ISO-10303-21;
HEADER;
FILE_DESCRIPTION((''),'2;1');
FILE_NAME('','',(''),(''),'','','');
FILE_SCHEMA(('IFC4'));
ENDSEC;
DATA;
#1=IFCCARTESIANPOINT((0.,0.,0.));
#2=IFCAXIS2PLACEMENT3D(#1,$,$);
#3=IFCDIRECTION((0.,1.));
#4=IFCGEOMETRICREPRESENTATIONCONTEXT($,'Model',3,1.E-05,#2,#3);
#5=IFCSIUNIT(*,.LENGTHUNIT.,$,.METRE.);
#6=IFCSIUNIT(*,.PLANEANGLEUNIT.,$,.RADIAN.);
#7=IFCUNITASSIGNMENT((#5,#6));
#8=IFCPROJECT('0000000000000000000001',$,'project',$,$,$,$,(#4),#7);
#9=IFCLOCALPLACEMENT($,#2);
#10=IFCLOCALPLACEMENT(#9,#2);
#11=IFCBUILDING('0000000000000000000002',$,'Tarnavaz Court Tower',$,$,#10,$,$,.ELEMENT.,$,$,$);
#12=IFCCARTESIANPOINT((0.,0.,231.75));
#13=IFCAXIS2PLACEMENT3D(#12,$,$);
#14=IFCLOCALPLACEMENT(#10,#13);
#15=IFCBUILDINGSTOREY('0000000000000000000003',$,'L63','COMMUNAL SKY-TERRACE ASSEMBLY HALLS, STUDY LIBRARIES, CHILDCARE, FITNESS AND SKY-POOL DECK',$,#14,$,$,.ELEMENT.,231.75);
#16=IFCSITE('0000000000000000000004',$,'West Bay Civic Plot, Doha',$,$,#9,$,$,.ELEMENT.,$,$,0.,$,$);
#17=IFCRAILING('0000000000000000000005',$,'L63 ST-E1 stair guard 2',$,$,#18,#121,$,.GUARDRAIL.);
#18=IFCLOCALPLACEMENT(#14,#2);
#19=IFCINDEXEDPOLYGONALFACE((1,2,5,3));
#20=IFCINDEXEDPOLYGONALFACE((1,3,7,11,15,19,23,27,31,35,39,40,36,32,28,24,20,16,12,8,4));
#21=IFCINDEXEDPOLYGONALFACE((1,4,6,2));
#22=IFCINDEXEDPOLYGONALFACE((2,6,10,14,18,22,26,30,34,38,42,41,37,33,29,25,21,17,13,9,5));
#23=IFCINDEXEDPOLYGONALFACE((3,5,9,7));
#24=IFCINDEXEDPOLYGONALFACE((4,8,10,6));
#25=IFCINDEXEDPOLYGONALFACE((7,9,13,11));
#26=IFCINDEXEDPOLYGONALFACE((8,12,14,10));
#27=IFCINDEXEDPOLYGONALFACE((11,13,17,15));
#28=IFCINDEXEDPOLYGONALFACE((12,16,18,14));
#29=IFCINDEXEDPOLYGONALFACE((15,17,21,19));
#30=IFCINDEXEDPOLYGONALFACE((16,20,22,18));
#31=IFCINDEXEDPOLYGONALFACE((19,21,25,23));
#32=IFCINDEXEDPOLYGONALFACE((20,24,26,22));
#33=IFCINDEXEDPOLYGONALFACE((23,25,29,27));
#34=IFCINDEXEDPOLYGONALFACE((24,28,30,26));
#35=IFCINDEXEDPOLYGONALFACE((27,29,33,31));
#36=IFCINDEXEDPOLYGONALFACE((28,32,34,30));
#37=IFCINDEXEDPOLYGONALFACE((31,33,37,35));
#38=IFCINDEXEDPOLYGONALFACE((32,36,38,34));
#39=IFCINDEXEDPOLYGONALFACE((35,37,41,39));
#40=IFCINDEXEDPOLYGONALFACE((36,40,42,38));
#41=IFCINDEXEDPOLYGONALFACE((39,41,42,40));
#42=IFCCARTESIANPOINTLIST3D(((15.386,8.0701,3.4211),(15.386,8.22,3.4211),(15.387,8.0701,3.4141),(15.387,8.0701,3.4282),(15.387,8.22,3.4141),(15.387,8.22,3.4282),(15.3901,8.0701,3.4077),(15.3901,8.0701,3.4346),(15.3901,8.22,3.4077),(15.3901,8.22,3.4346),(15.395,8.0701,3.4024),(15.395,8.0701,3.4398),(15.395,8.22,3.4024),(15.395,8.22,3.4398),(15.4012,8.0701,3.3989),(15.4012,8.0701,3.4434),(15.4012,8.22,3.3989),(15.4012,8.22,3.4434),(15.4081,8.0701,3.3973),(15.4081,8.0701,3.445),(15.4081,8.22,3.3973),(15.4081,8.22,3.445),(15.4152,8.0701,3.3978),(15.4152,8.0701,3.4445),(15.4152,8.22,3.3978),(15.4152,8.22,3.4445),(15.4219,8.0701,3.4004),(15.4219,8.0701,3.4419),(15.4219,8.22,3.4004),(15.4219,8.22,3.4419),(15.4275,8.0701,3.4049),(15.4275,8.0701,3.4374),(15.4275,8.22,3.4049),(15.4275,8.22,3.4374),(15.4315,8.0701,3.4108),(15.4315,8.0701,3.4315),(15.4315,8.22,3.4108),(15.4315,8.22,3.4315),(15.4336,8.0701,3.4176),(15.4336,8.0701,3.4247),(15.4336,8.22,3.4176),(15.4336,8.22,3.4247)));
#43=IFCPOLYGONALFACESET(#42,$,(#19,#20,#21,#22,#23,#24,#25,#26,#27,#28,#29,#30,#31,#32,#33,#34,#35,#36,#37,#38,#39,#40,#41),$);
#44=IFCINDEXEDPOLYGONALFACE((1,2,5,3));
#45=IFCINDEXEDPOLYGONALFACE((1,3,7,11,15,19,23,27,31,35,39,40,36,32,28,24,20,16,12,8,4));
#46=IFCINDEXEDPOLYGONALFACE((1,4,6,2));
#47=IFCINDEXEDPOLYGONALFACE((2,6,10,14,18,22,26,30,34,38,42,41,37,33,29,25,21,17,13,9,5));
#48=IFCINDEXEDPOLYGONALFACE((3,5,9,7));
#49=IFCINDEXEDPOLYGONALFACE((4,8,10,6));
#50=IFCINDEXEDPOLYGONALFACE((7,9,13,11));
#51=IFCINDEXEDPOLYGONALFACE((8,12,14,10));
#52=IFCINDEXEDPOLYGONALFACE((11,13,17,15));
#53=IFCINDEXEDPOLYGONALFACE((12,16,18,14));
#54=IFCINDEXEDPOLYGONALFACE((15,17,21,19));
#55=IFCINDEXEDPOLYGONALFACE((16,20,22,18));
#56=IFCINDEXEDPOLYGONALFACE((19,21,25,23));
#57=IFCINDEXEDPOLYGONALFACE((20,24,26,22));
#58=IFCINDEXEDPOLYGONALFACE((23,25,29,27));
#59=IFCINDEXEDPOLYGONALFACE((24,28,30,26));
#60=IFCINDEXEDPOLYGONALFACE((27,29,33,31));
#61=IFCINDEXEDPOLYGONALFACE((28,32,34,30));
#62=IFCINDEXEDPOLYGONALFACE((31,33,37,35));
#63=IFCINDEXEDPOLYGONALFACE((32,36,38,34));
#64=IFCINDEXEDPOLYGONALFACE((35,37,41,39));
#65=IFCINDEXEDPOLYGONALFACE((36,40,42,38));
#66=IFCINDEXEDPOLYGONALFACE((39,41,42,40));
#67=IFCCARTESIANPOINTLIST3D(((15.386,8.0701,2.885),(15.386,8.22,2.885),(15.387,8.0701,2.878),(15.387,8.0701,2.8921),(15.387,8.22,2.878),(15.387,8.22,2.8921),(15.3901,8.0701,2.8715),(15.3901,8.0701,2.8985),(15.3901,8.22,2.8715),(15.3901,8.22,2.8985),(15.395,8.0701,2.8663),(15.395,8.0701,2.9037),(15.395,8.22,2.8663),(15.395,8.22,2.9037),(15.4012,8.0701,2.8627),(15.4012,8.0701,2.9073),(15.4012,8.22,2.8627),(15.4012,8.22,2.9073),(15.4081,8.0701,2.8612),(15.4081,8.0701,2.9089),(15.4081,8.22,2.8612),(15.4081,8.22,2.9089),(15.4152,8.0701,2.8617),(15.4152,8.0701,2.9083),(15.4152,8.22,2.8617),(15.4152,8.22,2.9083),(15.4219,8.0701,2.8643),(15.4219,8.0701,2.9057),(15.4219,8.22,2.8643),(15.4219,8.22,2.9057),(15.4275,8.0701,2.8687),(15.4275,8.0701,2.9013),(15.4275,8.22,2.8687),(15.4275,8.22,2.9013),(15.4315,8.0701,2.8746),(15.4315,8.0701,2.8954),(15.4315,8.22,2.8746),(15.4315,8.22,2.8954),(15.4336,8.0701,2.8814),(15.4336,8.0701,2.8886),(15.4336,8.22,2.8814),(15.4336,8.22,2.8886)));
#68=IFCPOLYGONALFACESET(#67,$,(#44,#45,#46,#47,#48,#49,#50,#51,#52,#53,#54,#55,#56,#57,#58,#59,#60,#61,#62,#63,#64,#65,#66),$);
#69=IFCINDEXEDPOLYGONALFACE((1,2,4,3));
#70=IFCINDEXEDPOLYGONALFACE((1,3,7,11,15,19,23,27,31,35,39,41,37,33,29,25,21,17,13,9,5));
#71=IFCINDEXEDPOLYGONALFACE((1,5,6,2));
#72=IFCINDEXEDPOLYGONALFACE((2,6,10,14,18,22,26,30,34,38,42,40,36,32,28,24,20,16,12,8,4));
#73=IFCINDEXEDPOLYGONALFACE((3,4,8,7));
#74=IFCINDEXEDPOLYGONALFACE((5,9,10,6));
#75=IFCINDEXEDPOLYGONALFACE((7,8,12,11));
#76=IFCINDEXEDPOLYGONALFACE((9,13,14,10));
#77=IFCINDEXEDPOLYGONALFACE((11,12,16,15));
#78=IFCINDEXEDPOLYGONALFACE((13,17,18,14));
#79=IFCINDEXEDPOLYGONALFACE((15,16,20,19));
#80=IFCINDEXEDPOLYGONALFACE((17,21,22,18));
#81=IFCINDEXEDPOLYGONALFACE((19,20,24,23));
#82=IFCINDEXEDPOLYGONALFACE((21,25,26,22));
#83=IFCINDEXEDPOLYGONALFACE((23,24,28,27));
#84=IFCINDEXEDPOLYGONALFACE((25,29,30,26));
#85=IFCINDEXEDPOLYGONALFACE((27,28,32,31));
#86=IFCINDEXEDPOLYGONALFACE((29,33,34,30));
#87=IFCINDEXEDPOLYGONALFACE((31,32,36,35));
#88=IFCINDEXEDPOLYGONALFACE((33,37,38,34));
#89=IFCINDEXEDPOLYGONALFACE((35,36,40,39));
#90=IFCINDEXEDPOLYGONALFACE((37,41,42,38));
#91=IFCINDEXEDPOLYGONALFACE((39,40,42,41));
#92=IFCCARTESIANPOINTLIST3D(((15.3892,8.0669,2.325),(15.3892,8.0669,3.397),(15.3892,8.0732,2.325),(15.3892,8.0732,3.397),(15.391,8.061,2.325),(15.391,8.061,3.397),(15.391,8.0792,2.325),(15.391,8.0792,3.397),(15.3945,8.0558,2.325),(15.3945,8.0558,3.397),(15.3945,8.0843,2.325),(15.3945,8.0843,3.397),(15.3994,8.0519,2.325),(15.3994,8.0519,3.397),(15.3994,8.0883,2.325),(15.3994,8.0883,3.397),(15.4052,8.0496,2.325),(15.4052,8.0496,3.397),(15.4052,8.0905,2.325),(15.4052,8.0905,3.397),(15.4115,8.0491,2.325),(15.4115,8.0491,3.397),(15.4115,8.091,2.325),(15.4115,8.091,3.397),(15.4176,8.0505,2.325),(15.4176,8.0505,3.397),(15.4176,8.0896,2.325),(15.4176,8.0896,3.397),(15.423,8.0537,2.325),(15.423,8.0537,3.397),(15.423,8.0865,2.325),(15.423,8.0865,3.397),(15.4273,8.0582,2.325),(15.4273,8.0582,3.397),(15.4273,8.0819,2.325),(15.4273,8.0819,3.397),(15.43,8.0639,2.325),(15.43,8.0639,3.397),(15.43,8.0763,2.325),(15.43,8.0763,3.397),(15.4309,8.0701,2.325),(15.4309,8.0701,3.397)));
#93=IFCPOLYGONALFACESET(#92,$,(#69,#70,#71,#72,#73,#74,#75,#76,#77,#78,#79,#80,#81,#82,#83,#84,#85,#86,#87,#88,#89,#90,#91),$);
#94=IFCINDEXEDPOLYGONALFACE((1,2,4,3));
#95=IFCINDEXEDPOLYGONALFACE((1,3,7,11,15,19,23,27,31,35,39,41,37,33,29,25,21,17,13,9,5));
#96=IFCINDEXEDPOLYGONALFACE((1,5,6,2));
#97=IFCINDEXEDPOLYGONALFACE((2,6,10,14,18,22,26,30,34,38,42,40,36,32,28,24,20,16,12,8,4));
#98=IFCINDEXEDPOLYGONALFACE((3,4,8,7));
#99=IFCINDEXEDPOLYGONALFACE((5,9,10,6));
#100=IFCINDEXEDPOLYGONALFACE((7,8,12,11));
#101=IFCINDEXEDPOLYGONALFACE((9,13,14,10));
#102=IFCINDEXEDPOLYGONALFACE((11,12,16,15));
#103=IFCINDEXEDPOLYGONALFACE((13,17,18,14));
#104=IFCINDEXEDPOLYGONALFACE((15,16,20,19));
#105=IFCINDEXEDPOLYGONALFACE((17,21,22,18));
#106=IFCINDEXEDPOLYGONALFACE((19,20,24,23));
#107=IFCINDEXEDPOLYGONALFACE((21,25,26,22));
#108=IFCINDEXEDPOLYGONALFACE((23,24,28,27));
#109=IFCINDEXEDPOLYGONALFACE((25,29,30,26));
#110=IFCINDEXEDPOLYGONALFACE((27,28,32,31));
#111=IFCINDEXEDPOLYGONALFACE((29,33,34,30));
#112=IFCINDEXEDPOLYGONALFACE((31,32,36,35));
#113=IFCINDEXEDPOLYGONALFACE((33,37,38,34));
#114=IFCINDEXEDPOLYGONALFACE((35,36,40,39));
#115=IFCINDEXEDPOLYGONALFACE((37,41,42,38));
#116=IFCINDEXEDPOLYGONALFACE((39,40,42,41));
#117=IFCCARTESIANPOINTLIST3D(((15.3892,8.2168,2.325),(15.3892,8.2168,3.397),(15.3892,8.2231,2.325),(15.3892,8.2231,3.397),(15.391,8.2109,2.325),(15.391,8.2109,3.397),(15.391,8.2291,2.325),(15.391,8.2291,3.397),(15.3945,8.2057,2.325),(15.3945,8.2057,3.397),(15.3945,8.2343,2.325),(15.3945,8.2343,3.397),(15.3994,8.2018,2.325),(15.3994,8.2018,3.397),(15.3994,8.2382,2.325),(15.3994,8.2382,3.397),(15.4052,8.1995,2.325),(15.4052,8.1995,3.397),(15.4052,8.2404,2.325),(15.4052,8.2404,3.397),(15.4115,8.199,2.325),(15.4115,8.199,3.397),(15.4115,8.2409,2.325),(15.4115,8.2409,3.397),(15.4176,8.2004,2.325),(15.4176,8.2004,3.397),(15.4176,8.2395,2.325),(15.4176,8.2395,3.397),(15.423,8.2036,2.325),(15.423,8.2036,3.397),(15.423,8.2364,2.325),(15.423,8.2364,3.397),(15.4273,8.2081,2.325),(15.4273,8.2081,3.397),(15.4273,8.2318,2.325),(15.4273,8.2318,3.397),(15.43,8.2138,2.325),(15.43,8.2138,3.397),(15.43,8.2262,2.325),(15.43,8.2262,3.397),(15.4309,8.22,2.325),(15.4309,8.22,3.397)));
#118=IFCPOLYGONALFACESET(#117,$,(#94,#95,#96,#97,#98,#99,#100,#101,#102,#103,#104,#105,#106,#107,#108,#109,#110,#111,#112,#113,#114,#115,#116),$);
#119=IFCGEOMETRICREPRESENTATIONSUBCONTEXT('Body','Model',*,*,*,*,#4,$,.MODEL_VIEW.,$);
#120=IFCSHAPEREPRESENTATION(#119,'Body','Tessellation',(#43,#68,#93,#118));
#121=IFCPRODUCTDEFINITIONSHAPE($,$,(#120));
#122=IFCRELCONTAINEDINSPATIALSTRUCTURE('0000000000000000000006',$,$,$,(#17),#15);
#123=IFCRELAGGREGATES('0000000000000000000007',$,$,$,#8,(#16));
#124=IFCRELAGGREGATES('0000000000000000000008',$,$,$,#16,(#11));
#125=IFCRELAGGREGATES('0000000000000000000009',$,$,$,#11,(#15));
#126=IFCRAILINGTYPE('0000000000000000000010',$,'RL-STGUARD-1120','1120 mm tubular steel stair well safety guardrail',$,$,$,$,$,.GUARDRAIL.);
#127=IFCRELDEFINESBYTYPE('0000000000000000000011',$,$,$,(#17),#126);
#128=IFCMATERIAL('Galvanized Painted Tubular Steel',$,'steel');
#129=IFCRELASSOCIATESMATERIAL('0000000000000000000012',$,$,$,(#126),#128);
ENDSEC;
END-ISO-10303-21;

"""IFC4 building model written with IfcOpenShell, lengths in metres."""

from ifc_helpers import new_model, si_unit, direction, frame, origin, origin_2d, place, context, subcontext, project, spatial, circle, extrude, material, type_object, element, save


model = new_model("IFC4")

# Units and contexts
model_context = context("Model", 3, precision=1e-05, world=origin(), true_north=direction((0.0, 1.0)))
body_context = subcontext(model_context, "Body", "Model", "MODEL_VIEW")
ifc_project = project(units=[si_unit("LENGTHUNIT", "METRE"), si_unit("PLANEANGLEUNIT", "RADIAN")], contexts=[model_context])

# Site, building, storey
site_placement = place(None, origin())
site = spatial("IfcSite", under=ifc_project, at=site_placement, Name="West Bay Civic Plot, Doha", CompositionType="ELEMENT", RefElevation=0.0)
building_placement = place(site_placement, origin())
building = spatial("IfcBuilding", under=site, at=building_placement, Name="Tarnavaz Court Tower", CompositionType="ELEMENT")
storey_placement = place(building_placement, frame((0.0, 0.0, 231.75)))
storey = spatial("IfcBuildingStorey", under=building, at=storey_placement, Name="L63", Description="COMMUNAL SKY-TERRACE ASSEMBLY HALLS, STUDY LIBRARIES, CHILDCARE, FITNESS AND SKY-POOL DECK", CompositionType="ELEMENT", Elevation=231.75)

# Railing
ifc_material_1 = material(Name="Galvanized Painted Tubular Steel", Category="steel")
railing_type_1 = type_object("IfcRailingType", Name="RL-STGUARD-1120", Description="1120 mm tubular steel stair well safety guardrail", PredefinedType="GUARDRAIL", material=ifc_material_1)
railing_1_placement = place(storey_placement, frame((15.4099, 8.0701, 2.325)))
element("IfcRailing", 1, at=railing_1_placement, inside=storey, type_object=railing_type_1, Name="L63 ST-E1 stair guard 2", PredefinedType="GUARDRAIL", context=body_context, shape_type="SweptSolid", body=[
    extrude(circle(Radius=0.0239, at=origin_2d()), frame((0.0, 0.0, 1.0962), z_axis=(0.0, 1.0, 0.0), x_axis=(-1.0, 0.0, 0.0)), (0.0, 0.0, 1.0), 0.1499),
    extrude(circle(Radius=0.0239, at=origin_2d()), frame((0.0, 0.0, 0.5601), z_axis=(0.0, 1.0, 0.0), x_axis=(-1.0, 0.0, 0.0)), (0.0, 0.0, 1.0), 0.1499),
    extrude(circle(Radius=0.021, at=origin_2d()), origin(), (0.0, 0.0, 1.0), 1.072),
    extrude(circle(Radius=0.021, at=origin_2d()), frame((0.0, 0.1499, 0.0)), (0.0, 0.0, 1.0), 1.072),
])

save(model, "model.ifc")
